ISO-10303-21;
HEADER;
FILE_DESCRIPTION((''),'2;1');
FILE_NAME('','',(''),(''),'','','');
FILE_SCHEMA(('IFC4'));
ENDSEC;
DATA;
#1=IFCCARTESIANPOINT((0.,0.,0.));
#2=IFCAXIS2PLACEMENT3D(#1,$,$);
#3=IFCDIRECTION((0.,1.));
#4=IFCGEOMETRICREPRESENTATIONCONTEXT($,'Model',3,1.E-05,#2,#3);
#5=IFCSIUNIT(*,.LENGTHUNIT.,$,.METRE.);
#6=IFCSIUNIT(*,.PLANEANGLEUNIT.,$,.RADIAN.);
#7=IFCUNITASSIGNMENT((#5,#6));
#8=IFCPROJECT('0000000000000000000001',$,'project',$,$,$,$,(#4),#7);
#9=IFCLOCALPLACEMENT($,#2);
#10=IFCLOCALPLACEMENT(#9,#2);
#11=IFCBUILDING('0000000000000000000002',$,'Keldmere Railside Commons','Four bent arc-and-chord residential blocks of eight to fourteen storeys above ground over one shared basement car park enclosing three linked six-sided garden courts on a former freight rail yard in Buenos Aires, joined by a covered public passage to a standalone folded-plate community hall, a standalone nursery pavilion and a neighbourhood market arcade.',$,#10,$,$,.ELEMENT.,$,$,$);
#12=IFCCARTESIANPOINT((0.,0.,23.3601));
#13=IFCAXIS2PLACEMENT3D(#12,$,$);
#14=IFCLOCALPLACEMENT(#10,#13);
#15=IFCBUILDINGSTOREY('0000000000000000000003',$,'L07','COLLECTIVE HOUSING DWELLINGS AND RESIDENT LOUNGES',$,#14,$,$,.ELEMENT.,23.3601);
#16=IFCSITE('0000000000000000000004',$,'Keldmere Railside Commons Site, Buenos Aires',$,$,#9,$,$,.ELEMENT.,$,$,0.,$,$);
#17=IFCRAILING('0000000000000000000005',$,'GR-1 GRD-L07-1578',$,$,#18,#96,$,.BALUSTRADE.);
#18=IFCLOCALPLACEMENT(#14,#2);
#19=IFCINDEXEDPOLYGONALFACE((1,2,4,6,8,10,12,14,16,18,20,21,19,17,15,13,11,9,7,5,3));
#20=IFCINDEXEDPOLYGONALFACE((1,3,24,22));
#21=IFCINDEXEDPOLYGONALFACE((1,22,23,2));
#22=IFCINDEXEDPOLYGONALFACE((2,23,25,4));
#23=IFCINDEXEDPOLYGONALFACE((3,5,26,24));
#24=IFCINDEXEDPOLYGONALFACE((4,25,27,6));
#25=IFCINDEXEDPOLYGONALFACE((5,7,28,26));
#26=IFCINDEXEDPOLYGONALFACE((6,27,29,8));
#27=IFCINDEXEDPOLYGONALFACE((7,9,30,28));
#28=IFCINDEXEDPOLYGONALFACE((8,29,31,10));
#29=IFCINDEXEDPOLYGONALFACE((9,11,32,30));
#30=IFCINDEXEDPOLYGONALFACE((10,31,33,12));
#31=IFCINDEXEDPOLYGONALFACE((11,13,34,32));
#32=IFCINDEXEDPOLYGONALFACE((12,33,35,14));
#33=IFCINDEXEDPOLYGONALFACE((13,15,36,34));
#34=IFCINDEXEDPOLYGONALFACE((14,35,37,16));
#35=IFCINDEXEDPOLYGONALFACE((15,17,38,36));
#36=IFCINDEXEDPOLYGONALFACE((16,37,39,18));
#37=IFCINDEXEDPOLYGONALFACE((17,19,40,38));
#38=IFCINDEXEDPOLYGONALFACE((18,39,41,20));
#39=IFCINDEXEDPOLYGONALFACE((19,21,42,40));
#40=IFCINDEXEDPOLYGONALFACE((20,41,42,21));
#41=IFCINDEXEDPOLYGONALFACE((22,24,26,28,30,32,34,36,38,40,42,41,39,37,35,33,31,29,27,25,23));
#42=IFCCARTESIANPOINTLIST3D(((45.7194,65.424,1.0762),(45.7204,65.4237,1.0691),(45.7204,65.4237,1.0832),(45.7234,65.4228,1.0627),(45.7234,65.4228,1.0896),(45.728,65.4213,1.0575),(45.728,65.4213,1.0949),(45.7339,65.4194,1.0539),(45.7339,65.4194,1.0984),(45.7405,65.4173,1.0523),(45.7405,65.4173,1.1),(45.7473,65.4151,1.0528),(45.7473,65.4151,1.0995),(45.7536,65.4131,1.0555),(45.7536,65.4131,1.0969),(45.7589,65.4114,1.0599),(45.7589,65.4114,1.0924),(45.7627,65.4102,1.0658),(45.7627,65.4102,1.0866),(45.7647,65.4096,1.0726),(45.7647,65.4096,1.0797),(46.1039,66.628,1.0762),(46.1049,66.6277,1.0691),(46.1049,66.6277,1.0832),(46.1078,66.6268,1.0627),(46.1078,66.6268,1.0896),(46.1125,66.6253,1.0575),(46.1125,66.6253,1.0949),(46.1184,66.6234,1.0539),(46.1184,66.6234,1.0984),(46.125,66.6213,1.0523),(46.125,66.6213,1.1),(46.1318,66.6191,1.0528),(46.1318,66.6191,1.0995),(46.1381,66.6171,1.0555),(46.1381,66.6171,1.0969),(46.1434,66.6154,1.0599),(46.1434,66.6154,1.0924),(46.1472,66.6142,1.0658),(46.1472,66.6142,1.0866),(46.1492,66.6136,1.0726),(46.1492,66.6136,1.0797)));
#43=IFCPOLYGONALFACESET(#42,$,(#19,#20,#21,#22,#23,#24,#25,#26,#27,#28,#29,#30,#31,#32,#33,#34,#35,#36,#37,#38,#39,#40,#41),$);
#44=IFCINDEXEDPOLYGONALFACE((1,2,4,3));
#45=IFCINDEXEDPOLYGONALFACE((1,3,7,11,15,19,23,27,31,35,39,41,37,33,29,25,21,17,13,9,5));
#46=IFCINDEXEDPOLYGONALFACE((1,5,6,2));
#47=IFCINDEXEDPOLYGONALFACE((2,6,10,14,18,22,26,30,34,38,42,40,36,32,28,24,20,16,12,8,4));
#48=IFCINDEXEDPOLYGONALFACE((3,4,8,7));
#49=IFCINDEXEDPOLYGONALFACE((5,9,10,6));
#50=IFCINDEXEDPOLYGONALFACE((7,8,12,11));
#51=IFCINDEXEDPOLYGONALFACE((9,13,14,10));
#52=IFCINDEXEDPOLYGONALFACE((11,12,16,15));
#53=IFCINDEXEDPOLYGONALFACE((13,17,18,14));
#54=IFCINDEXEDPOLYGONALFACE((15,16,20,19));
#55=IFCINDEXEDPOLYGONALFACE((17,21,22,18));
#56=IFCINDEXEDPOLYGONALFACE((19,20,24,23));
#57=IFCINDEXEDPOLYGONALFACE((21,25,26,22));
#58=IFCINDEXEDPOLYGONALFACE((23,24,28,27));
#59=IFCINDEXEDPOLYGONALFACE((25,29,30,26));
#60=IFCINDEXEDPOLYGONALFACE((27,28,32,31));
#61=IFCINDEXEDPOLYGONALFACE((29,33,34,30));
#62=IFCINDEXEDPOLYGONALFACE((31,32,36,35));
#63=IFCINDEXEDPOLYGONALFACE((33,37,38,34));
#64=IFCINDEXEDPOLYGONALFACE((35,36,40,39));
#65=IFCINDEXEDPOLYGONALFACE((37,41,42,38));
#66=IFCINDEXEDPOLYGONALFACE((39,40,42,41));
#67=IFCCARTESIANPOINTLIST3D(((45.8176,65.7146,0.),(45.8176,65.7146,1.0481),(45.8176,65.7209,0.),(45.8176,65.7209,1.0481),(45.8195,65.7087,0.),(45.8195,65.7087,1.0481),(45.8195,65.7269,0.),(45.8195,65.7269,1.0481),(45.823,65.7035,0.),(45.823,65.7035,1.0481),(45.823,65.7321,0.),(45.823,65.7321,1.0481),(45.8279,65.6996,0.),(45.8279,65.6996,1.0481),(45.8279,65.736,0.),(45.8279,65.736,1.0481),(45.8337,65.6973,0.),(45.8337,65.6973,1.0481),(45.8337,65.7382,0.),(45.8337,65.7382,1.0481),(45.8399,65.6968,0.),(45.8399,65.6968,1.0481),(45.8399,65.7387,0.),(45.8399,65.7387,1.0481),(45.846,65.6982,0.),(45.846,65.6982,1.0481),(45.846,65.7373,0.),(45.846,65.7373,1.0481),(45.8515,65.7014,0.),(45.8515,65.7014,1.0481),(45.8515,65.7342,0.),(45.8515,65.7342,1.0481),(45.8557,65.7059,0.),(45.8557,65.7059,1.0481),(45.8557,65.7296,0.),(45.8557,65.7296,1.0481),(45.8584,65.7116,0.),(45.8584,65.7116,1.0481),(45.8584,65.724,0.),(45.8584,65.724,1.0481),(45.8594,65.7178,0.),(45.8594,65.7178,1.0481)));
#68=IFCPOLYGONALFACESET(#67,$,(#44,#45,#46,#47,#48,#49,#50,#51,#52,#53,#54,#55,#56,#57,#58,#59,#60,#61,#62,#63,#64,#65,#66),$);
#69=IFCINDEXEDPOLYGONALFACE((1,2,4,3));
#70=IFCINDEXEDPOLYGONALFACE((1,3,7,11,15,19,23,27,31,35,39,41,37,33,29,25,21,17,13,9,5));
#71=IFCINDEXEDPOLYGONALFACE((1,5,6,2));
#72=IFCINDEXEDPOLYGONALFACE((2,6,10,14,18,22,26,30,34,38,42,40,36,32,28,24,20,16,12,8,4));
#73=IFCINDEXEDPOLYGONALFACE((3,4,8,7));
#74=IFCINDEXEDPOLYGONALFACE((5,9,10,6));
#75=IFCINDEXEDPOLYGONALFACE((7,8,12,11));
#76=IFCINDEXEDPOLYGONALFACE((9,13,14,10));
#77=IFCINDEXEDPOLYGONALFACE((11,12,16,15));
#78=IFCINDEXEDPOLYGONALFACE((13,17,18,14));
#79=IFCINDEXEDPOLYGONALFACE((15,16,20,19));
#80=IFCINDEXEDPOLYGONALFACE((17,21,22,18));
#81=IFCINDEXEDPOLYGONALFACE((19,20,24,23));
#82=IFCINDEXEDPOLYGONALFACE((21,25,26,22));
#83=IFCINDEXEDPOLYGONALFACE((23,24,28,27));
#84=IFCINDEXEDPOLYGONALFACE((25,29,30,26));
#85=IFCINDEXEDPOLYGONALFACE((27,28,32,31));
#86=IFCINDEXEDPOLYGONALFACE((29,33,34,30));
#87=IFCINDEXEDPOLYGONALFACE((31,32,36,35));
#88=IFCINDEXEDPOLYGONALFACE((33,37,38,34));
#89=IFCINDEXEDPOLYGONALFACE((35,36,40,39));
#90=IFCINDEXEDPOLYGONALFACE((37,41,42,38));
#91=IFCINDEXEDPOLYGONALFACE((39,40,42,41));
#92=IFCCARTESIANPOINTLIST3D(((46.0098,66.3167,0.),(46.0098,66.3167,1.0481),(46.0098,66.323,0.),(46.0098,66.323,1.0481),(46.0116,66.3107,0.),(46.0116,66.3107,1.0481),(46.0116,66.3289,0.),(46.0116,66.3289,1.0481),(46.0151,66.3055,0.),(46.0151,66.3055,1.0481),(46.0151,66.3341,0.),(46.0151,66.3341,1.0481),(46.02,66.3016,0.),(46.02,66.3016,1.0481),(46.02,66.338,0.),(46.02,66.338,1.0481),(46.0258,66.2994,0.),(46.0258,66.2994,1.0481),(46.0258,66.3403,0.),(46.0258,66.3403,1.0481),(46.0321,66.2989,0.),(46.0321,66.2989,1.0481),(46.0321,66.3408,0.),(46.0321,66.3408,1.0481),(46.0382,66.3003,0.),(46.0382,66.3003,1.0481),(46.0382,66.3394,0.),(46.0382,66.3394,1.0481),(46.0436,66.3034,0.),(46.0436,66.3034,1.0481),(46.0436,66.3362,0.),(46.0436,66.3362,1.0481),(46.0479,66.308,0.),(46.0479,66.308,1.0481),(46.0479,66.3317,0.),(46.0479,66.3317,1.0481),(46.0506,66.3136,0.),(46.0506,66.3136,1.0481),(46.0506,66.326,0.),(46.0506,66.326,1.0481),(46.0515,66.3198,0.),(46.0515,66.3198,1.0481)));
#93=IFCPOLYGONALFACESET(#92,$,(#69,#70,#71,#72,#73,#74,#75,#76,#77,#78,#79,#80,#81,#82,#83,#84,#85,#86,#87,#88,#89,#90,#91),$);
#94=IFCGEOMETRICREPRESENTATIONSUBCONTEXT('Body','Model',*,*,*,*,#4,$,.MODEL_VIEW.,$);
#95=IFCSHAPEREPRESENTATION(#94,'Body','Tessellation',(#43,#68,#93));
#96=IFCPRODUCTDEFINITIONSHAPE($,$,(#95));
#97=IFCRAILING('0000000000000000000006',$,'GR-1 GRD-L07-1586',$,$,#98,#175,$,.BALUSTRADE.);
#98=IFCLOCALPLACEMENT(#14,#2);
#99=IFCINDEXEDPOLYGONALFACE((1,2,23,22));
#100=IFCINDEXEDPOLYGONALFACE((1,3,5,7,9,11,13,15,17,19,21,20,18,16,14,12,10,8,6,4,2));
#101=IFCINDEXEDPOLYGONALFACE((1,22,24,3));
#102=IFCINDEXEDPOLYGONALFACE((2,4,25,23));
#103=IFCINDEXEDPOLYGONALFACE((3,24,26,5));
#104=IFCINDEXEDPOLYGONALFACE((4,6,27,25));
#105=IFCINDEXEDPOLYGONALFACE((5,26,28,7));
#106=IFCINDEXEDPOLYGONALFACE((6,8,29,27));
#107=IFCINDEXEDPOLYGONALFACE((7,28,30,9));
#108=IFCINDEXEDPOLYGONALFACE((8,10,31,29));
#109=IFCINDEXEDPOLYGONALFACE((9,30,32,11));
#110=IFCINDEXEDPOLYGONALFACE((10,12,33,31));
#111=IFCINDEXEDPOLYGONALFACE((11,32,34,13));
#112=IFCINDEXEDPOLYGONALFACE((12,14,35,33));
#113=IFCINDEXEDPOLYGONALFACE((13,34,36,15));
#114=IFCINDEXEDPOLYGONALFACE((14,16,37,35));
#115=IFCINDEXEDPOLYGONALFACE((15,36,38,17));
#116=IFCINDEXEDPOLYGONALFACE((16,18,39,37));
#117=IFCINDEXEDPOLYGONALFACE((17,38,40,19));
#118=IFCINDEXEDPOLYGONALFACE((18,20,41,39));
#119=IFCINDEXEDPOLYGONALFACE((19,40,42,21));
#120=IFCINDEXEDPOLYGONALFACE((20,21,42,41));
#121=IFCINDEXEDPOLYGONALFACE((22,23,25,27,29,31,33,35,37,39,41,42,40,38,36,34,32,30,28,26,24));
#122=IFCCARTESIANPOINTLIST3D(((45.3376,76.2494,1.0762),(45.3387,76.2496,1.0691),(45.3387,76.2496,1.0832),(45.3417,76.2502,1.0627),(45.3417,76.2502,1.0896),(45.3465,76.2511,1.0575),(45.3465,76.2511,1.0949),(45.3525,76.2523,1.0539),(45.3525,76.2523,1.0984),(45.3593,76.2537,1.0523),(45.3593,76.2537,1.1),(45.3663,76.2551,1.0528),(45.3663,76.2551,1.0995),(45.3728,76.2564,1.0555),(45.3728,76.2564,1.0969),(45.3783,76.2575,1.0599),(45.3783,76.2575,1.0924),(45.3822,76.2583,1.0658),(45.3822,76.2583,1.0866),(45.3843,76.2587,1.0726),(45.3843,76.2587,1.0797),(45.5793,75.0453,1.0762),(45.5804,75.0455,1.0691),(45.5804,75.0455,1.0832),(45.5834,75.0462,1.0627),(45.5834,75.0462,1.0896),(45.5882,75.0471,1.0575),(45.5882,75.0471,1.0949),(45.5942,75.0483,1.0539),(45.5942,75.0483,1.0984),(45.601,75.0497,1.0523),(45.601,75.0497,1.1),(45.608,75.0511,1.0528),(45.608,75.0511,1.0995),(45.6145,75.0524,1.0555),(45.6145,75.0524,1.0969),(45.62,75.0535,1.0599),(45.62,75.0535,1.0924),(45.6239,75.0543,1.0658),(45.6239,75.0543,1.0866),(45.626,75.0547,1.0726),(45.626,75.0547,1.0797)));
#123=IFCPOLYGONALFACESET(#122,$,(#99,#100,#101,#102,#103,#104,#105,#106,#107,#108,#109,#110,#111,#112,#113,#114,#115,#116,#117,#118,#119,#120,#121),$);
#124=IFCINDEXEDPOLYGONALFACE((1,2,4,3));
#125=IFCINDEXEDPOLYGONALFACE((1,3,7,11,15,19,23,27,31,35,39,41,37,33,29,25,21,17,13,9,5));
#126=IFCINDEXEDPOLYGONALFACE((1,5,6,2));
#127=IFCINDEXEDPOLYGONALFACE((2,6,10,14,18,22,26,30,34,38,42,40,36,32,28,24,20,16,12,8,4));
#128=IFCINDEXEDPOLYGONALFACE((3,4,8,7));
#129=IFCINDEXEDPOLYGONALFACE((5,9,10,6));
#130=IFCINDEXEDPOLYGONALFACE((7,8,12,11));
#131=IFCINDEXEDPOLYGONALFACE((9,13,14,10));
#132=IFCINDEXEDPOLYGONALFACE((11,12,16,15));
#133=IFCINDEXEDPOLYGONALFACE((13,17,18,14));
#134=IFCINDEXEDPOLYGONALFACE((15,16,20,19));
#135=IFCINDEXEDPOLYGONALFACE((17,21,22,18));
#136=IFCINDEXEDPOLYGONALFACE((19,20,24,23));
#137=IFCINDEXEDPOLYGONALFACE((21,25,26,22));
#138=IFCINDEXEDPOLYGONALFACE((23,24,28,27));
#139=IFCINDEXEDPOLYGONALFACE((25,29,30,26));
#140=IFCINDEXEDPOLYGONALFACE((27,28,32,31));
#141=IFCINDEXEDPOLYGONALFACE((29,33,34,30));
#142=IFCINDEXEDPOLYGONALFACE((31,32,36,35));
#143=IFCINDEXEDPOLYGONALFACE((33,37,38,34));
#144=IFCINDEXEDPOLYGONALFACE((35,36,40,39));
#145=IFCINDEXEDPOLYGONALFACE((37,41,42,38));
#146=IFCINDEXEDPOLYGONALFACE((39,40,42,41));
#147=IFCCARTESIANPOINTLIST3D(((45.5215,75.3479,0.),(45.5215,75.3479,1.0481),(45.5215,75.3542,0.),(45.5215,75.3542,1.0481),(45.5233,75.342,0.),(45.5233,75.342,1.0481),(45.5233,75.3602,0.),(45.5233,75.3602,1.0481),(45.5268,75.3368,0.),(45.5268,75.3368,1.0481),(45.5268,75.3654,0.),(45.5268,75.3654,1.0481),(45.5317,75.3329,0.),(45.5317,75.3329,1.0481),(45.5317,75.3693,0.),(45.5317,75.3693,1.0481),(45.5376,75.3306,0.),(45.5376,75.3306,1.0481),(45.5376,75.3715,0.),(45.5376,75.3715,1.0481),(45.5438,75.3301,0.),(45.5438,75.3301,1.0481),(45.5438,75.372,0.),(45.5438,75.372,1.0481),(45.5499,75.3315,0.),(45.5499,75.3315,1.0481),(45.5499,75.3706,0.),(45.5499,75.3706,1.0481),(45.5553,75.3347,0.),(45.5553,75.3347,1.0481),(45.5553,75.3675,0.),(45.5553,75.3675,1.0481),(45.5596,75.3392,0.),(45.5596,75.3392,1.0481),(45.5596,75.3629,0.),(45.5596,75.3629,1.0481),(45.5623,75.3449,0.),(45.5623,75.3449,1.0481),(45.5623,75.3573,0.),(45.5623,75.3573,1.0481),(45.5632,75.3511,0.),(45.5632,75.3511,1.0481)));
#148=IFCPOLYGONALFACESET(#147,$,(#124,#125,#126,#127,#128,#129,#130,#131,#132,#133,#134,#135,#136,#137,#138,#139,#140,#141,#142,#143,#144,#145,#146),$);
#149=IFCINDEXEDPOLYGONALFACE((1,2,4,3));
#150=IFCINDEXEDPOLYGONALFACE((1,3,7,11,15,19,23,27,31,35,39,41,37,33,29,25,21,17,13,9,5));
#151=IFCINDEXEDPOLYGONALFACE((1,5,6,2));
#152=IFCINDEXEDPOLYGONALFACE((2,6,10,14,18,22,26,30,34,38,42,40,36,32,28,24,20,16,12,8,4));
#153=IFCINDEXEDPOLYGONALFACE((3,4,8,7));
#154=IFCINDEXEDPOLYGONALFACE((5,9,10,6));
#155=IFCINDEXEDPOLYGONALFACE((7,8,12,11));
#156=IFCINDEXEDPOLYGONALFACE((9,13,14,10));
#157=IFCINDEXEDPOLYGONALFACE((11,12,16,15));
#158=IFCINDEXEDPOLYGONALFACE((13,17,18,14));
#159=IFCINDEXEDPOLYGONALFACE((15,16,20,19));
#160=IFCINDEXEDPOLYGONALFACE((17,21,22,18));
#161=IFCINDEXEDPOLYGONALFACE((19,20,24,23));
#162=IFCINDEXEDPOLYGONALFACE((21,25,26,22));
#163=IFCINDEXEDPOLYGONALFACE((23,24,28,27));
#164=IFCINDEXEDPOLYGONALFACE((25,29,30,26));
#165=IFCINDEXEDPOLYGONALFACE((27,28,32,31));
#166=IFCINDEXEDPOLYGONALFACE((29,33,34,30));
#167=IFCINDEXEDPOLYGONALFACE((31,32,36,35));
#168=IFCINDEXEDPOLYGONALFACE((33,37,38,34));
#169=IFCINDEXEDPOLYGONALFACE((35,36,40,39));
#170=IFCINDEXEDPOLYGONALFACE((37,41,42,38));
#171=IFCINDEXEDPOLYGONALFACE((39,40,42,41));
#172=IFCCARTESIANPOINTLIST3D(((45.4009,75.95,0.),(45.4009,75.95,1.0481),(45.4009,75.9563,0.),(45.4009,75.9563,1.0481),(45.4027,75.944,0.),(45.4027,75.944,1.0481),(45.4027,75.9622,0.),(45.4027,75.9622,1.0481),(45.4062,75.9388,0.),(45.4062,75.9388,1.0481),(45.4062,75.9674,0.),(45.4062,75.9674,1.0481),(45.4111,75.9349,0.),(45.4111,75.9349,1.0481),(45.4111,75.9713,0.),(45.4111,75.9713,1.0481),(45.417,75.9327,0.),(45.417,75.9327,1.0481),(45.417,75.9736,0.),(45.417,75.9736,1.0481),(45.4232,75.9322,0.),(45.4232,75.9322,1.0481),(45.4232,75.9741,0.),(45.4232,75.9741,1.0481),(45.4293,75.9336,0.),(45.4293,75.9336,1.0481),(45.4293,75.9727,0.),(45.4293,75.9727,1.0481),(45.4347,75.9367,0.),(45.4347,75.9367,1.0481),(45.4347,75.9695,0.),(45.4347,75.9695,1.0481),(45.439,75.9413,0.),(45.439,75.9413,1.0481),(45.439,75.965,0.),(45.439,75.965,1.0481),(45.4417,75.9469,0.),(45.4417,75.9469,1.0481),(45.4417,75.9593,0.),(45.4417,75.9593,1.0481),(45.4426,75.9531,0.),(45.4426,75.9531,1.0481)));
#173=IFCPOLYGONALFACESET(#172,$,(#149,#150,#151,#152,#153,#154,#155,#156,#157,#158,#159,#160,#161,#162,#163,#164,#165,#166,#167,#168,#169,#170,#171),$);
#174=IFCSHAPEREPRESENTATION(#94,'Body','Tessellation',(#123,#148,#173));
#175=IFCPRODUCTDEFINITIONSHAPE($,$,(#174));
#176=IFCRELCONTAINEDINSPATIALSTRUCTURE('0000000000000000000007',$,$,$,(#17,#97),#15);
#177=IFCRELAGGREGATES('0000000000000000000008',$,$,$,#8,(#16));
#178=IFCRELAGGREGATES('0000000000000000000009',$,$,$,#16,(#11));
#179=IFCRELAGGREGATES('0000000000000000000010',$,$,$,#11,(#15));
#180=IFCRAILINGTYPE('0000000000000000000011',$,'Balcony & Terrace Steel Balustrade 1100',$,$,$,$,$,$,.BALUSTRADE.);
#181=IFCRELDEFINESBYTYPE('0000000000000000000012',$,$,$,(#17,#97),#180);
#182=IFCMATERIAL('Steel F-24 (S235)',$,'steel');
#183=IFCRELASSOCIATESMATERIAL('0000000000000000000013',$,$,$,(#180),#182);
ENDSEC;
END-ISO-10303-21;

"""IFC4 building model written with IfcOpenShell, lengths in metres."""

from ifc_helpers import new_model, si_unit, direction, frame, origin, origin_2d, place, context, subcontext, project, spatial, circle, extrude, material, type_object, element, save


model = new_model("IFC4")

# Units and contexts
model_context = context("Model", 3, precision=1e-05, world=origin(), true_north=direction((0.0, 1.0)))
body_context = subcontext(model_context, "Body", "Model", "MODEL_VIEW")
ifc_project = project(units=[si_unit("LENGTHUNIT", "METRE"), si_unit("PLANEANGLEUNIT", "RADIAN")], contexts=[model_context])

# Site, building, storey
site_placement = place(None, origin())
site = spatial("IfcSite", under=ifc_project, at=site_placement, Name="Keldmere Railside Commons Site, Buenos Aires", CompositionType="ELEMENT", RefElevation=0.0)
building_placement = place(site_placement, origin())
building = spatial("IfcBuilding", under=site, at=building_placement, Name="Keldmere Railside Commons", Description="Four bent arc-and-chord residential blocks of eight to fourteen storeys above ground over one shared basement car park enclosing three linked six-sided garden courts on a former freight rail yard in Buenos Aires, joined by a covered public passage to a standalone folded-plate community hall, a standalone nursery pavilion and a neighbourhood market arcade.", CompositionType="ELEMENT")
storey_placement = place(building_placement, frame((0.0, 0.0, 23.3601)))
storey = spatial("IfcBuildingStorey", under=building, at=storey_placement, Name="L07", Description="COLLECTIVE HOUSING DWELLINGS AND RESIDENT LOUNGES", CompositionType="ELEMENT", Elevation=23.3601)

# Railings
ifc_material = material(Name="Steel F-24 (S235)", Category="steel")
railing_type = type_object("IfcRailingType", Name="Balcony & Terrace Steel Balustrade 1100", PredefinedType="BALUSTRADE", material=ifc_material)
railing_1_placement = place(storey_placement, frame((45.7422, 65.4167, 0.0)))
element("IfcRailing", 1, at=railing_1_placement, inside=storey, type_object=railing_type, Name="GR-1 GRD-L07-1578", PredefinedType="BALUSTRADE", context=body_context, shape_type="SweptSolid", body=[
    extrude(circle(Radius=0.0239, at=origin_2d()), frame((0.0, 0.0, 1.0762), z_axis=(0.304208, 0.952606, 0.0), x_axis=(-0.952606, 0.304208, 0.0)), (0.0, 0.0, 1.0), 1.2639),
    extrude(circle(Radius=0.021, at=origin_2d()), frame((0.0962, 0.301, 0.0)), (0.0, 0.0, 1.0), 1.0481),
    extrude(circle(Radius=0.021, at=origin_2d()), frame((0.2883, 0.9031, 0.0)), (0.0, 0.0, 1.0), 1.0481),
])
railing_2_placement = place(storey_placement, frame((45.6028, 75.05, 0.0)))
element("IfcRailing", 2, at=railing_2_placement, inside=storey, type_object=railing_type, Name="GR-1 GRD-L07-1586", PredefinedType="BALUSTRADE", context=body_context, shape_type="SweptSolid", body=[
    extrude(circle(Radius=0.0239, at=origin_2d()), frame((0.0, 0.0, 1.0762), z_axis=(-0.196804, 0.980443, 0.0), x_axis=(-0.980443, -0.196804, 0.0)), (0.0, 0.0, 1.0), 1.228),
    extrude(circle(Radius=0.021, at=origin_2d()), frame((-0.0605, 0.301, 0.0)), (0.0, 0.0, 1.0), 1.0481),
    extrude(circle(Radius=0.021, at=origin_2d()), frame((-0.1812, 0.9031, 0.0)), (0.0, 0.0, 1.0), 1.0481),
])

save(model, "model.ifc")
